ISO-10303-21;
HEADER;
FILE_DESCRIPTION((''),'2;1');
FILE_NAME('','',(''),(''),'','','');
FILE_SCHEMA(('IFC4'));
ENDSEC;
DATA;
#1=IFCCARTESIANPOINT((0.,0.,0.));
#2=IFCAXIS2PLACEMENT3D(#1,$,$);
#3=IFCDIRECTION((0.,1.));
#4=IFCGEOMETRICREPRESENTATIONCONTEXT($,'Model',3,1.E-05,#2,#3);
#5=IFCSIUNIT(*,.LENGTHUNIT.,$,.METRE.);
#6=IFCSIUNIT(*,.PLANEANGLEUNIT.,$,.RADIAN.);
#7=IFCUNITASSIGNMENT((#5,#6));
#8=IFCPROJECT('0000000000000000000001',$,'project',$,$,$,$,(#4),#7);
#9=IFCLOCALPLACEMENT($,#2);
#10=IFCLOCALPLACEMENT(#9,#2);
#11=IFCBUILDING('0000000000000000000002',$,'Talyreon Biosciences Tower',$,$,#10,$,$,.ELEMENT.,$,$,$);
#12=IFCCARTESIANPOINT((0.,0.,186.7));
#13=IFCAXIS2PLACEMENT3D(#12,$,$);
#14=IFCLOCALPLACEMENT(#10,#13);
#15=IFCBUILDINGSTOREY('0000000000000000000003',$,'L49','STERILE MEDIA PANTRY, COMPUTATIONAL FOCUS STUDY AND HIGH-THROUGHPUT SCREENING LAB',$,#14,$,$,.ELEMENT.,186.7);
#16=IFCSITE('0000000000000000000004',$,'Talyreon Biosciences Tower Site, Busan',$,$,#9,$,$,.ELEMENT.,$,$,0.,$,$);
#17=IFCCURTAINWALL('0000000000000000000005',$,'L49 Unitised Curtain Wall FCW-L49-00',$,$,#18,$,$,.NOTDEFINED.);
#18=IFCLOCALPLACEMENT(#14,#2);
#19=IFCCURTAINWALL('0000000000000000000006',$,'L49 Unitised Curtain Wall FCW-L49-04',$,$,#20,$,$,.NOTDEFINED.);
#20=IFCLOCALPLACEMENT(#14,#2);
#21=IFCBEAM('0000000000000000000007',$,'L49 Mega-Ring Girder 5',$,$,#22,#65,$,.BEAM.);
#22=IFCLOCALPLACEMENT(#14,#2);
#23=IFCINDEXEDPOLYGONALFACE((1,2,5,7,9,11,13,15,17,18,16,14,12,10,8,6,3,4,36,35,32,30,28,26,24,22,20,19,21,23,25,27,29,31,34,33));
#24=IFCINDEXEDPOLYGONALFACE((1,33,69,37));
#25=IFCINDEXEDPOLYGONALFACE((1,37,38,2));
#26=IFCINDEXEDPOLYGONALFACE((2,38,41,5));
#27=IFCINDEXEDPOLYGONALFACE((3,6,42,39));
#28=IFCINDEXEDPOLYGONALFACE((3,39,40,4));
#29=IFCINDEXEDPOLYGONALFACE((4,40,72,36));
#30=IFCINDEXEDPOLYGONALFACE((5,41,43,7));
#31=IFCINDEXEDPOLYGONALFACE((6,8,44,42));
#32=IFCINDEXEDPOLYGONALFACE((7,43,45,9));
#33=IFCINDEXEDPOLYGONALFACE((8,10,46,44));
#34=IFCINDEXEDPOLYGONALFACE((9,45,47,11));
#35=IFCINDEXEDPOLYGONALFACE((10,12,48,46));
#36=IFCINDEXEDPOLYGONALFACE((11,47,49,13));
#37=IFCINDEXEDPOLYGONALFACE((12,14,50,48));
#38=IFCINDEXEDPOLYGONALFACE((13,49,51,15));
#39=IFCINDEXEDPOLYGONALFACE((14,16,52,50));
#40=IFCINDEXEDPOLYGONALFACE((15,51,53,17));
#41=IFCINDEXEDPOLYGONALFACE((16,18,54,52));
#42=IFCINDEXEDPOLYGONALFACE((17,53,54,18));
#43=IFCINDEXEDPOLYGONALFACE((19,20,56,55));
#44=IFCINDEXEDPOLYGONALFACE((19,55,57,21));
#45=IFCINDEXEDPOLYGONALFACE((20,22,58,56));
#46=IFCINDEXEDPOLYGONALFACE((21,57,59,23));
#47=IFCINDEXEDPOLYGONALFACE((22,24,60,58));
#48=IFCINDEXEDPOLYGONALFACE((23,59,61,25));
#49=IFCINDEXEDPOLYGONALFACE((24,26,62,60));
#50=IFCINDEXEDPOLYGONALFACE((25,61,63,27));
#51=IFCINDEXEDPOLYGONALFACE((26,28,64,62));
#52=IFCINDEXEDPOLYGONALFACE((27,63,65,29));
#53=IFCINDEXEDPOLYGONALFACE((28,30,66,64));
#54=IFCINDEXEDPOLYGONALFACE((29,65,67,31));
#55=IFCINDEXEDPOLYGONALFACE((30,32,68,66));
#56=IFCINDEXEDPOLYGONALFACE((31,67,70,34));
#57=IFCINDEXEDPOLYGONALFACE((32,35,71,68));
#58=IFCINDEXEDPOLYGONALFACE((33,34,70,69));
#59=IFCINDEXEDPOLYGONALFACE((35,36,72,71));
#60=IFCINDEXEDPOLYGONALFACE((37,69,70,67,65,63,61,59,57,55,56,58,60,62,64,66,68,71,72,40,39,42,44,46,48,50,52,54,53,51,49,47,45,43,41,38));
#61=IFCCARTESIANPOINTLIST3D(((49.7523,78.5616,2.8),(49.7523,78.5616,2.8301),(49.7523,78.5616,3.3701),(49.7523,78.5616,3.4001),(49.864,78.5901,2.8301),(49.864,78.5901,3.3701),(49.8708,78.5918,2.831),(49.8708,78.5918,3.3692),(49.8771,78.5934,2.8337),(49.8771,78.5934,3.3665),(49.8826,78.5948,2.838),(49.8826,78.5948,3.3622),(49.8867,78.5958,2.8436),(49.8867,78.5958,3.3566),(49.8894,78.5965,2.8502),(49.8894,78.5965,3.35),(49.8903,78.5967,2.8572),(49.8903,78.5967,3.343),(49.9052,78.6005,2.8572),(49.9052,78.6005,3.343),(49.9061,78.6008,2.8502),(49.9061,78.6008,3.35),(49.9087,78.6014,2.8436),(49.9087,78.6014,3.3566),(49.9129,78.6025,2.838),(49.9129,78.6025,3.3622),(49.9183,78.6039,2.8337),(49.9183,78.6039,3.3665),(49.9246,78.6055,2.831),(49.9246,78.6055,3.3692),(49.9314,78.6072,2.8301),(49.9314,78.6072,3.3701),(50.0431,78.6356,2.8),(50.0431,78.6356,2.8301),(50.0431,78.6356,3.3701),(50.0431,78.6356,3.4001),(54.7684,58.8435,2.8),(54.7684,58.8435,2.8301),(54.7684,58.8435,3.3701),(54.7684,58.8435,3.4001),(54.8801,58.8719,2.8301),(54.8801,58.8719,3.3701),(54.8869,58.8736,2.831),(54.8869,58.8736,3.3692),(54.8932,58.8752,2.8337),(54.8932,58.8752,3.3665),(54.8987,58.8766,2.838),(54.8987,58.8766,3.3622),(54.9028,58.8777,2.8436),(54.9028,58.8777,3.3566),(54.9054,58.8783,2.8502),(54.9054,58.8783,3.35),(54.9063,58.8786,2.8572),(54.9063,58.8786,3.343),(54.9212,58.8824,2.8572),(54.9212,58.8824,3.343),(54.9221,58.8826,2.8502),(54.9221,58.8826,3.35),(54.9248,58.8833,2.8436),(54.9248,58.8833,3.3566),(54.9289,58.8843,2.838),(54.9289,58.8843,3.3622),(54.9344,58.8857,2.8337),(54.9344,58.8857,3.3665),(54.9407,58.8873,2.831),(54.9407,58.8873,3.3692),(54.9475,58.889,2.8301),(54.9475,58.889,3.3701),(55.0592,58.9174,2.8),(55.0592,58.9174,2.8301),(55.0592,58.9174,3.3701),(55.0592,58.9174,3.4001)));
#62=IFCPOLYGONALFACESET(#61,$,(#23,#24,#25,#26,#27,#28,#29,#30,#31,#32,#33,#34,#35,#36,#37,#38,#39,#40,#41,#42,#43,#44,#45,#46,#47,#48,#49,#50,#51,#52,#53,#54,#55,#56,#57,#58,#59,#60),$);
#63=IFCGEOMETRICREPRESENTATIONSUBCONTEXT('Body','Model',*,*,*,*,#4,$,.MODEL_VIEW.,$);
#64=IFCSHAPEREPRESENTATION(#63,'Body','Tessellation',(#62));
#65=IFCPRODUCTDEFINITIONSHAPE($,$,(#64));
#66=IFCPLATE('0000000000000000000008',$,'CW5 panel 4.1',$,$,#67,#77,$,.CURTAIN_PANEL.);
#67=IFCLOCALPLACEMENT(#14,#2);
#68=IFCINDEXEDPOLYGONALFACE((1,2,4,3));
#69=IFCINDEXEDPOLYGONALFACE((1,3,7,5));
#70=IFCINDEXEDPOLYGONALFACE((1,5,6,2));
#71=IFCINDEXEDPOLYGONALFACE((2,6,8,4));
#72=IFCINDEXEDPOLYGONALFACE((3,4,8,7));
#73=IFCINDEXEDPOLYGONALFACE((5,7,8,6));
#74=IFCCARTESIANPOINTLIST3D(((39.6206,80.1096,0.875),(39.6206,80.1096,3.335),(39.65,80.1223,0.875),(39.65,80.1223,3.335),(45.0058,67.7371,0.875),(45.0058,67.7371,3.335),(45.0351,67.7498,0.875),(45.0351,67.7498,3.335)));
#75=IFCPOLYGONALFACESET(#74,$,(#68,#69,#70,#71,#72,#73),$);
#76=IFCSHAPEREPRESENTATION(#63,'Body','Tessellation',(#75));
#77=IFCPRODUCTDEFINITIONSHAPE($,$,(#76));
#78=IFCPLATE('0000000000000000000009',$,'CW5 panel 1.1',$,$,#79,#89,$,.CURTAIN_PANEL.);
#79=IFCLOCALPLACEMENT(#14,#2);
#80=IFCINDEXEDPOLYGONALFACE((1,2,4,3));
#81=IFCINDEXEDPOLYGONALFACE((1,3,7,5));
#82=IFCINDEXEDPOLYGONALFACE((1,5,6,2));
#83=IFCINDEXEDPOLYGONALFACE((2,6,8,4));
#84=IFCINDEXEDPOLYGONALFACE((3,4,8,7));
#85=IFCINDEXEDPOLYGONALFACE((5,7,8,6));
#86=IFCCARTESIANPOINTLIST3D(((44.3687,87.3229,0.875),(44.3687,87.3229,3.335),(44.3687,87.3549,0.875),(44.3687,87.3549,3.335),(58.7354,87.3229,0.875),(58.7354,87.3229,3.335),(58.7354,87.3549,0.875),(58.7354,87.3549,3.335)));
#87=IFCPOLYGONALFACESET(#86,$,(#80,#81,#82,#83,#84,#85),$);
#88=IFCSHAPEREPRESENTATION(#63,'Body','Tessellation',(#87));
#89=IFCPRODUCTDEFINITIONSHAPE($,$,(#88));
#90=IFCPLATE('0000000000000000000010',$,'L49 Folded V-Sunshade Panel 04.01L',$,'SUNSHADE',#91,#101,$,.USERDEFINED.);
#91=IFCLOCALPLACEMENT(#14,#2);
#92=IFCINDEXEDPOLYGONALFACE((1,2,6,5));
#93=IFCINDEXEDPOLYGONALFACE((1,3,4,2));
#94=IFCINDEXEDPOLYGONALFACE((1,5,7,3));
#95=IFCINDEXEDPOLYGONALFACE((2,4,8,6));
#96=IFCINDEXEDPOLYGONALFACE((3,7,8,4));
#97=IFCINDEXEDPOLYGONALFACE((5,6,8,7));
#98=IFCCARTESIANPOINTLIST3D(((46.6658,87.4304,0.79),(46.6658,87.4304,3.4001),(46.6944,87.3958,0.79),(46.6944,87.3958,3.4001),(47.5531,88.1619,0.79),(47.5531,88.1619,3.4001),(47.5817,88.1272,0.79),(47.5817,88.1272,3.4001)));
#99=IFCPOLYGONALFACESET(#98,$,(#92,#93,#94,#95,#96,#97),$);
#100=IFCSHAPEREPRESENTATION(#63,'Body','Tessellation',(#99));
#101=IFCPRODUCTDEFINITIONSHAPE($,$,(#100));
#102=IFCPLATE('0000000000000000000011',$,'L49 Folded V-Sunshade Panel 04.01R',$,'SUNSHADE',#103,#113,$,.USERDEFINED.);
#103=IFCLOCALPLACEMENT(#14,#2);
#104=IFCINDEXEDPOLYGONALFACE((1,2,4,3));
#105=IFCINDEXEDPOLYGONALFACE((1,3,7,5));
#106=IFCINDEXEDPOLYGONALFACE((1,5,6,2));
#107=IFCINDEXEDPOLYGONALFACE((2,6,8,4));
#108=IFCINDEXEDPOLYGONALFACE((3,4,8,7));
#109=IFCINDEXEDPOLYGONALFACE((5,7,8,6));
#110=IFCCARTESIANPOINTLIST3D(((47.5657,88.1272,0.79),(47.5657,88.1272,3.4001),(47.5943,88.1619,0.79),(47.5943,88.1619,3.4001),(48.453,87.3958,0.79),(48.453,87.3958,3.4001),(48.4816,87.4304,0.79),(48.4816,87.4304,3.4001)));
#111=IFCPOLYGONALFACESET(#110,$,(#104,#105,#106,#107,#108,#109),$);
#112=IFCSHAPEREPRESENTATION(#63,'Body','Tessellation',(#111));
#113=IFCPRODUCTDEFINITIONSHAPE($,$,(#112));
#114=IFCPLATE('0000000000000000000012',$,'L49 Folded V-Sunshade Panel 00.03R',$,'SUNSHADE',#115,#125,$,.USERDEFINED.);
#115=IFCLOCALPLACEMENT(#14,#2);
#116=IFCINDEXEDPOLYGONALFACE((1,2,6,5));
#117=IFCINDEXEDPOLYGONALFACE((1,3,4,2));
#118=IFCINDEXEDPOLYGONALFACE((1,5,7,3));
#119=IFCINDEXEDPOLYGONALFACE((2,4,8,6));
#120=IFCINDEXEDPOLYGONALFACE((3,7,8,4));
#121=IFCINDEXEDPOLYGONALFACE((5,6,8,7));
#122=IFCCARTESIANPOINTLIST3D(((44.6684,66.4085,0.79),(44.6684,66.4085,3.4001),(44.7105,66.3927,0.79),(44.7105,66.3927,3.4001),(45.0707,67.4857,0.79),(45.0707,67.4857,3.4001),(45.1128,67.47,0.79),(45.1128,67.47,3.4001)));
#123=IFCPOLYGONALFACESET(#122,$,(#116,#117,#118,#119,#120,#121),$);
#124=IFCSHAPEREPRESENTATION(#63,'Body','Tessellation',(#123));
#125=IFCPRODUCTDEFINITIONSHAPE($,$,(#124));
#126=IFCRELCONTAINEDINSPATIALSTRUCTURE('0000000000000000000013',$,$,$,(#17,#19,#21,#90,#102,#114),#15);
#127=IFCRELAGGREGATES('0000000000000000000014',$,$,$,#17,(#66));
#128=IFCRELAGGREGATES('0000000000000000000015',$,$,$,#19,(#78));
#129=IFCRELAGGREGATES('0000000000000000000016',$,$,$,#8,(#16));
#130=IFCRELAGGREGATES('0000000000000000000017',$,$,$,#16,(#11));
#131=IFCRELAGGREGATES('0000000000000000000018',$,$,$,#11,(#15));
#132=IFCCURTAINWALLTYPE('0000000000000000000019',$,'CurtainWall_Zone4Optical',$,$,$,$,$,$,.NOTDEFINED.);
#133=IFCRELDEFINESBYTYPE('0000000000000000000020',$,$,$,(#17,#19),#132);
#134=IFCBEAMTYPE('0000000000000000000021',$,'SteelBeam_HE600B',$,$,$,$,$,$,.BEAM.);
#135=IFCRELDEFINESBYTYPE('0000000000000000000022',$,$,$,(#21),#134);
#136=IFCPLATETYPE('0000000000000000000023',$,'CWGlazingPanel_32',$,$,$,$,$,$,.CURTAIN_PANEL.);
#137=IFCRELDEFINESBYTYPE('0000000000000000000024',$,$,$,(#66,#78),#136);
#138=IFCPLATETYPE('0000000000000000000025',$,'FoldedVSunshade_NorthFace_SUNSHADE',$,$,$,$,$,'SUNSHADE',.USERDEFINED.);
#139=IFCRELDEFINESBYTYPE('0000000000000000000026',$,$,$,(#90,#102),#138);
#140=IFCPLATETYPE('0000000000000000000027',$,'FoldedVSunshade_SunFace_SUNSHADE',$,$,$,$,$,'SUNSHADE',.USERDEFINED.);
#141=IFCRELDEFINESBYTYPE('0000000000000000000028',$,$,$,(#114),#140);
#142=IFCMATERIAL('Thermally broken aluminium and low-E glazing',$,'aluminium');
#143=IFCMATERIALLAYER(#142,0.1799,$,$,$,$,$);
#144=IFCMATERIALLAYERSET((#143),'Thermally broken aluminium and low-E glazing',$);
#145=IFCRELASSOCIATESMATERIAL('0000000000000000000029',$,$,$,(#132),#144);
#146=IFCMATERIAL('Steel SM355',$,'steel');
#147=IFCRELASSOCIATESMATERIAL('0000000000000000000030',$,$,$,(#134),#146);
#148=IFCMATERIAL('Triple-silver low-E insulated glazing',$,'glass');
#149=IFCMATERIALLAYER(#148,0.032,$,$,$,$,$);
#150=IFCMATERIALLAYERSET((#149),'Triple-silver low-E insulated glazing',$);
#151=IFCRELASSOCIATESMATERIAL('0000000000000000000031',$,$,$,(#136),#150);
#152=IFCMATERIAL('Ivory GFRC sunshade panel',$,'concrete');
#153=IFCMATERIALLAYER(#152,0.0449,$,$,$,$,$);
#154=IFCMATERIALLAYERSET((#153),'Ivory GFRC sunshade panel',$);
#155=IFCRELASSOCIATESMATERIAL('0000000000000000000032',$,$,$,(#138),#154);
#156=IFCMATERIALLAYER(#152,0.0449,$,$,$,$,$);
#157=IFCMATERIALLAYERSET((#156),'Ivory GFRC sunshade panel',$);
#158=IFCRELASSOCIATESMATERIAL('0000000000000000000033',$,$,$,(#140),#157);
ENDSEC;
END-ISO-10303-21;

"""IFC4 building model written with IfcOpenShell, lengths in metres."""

from ifc_helpers import new_model, si_unit, direction, frame, origin, origin_2d, place, context, subcontext, project, spatial, rectangle, i_section, extrude, material, layer, layer_set, material_profile, profile_set, type_object, element, aggregate, save


model = new_model("IFC4")

# Units and contexts
model_context = context("Model", 3, precision=1e-05, world=origin(), true_north=direction((0.0, 1.0)))
body_context = subcontext(model_context, "Body", "Model", "MODEL_VIEW")
ifc_project = project(units=[si_unit("LENGTHUNIT", "METRE"), si_unit("PLANEANGLEUNIT", "RADIAN")], contexts=[model_context])

# Site, building, storey
site_placement = place(None, origin())
site = spatial("IfcSite", under=ifc_project, at=site_placement, Name="Talyreon Biosciences Tower Site, Busan", CompositionType="ELEMENT", RefElevation=0.0)
building_placement = place(site_placement, origin())
building = spatial("IfcBuilding", under=site, at=building_placement, Name="Talyreon Biosciences Tower", CompositionType="ELEMENT")
storey_placement = place(building_placement, frame((0.0, 0.0, 186.7)))
storey = spatial("IfcBuildingStorey", under=building, at=storey_placement, Name="L49", Description="STERILE MEDIA PANTRY, COMPUTATIONAL FOCUS STUDY AND HIGH-THROUGHPUT SCREENING LAB", CompositionType="ELEMENT", Elevation=186.7)

# Curtain wall
ifc_material_1 = material(Name="Thermally broken aluminium and low-E glazing", Category="aluminium")
ifc_layer_1 = layer(ifc_material_1, 0.1799)
ifc_layer_set_1 = layer_set([ifc_layer_1], Name="Thermally broken aluminium and low-E glazing")
curtain_wall_type = type_object("IfcCurtainWallType", Name="CurtainWall_Zone4Optical", PredefinedType="NOTDEFINED", material=ifc_layer_set_1)
curtain_wall_1_placement = place(storey_placement, origin())
curtain_wall_1 = element("IfcCurtainWall", 1, at=curtain_wall_1_placement, inside=storey, type_object=curtain_wall_type, Name="L49 Unitised Curtain Wall FCW-L49-00", PredefinedType="NOTDEFINED")

# Curtain wall
curtain_wall_2_placement = place(storey_placement, origin())
curtain_wall_2 = element("IfcCurtainWall", 2, at=curtain_wall_2_placement, inside=storey, type_object=curtain_wall_type, Name="L49 Unitised Curtain Wall FCW-L49-04", PredefinedType="NOTDEFINED")

# Beam
ifc_material_2 = material(Name="Steel SM355", Category="steel")
ifc_material_profile_1 = material_profile(ifc_material_2, i_section(OverallWidth=0.3, OverallDepth=0.6001, WebThickness=0.0154, FlangeThickness=0.03, FilletRadius=0.0271, at=origin_2d()), Name="HE600B")
ifc_profile_set_1 = profile_set([ifc_material_profile_1], Name="Steel SM355")
beam_type_1 = type_object("IfcBeamType", Name="SteelBeam_HE600B", PredefinedType="BEAM", material=ifc_profile_set_1)
beam_1_placement = place(storey_placement, frame((49.8977, 78.5986, 3.1001), z_axis=(0.246537, -0.969133, 0.0), x_axis=(0.969133, 0.246537, 0.0)))
element("IfcBeam", 3, at=beam_1_placement, inside=storey, type_object=beam_type_1, Name="L49 Mega-Ring Girder 5", PredefinedType="BEAM", context=body_context, shape_type="SweptSolid", body=[
    extrude(i_section(OverallWidth=0.3, OverallDepth=0.6001, WebThickness=0.0154, FlangeThickness=0.03, FilletRadius=0.0271, at=origin_2d()), origin(), (0.0, 0.0, 1.0), 20.3462),
])

# Plates
ifc_material_3 = material(Name="Triple-silver low-E insulated glazing", Category="glass")
ifc_layer_2 = layer(ifc_material_3, 0.032)
ifc_layer_set_2 = layer_set([ifc_layer_2], Name="Triple-silver low-E insulated glazing")
plate_type_1 = type_object("IfcPlateType", Name="CWGlazingPanel_32", PredefinedType="CURTAIN_PANEL", material=ifc_layer_set_2)
plate_1_placement = place(storey_placement, frame((42.3279, 73.9297, 0.875), z_axis=(0.0, 0.0, 1.0), x_axis=(-0.399089, 0.916912, 0.0)))
plate_1 = element("IfcPlate", 4, at=plate_1_placement, type_object=plate_type_1, Name="CW5 panel 4.1", PredefinedType="CURTAIN_PANEL", context=body_context, shape_type="SweptSolid", body=[
    extrude(rectangle(XDim=13.4937, YDim=0.032, at=origin_2d()), origin(), (0.0, 0.0, 1.0), 2.46),
])
aggregate(curtain_wall_1, [plate_1])
plate_2_placement = place(storey_placement, frame((51.552, 87.3389, 0.875), z_axis=(0.0, 0.0, 1.0), x_axis=(1.0, 0.0, 0.0)))
plate_2 = element("IfcPlate", 5, at=plate_2_placement, type_object=plate_type_1, Name="CW5 panel 1.1", PredefinedType="CURTAIN_PANEL", context=body_context, shape_type="SweptSolid", body=[
    extrude(rectangle(XDim=14.3667, YDim=0.032, at=origin_2d()), origin(), (0.0, 0.0, 1.0), 2.46),
])
aggregate(curtain_wall_2, [plate_2])

# Plates
ifc_material_4 = material(Name="Ivory GFRC sunshade panel", Category="concrete")
ifc_layer_3 = layer(ifc_material_4, 0.0449)
ifc_layer_set_3 = layer_set([ifc_layer_3], Name="Ivory GFRC sunshade panel")
plate_type_2 = type_object("IfcPlateType", Name="FoldedVSunshade_NorthFace_SUNSHADE", ElementType="SUNSHADE", PredefinedType="USERDEFINED", material=ifc_layer_set_3)
for number, where, z_axis, x_axis, name in (
    (6, (47.1238, 87.7788, 0.79), (0.0, 0.0, 1.0), (0.771625, 0.636078, 0.0), "L49 Folded V-Sunshade Panel 04.01L"),
    (7, (48.0237, 87.7788, 0.79), (0.0, 0.0, 1.0), (0.771625, -0.636078, 0.0), "L49 Folded V-Sunshade Panel 04.01R"),
):
    element("IfcPlate", number, at=place(storey_placement, frame(where, z_axis=z_axis, x_axis=x_axis)), inside=storey, type_object=plate_type_2, Name=name, ObjectType="SUNSHADE", PredefinedType="USERDEFINED", context=body_context, shape_type="SweptSolid", body=[
        extrude(rectangle(XDim=1.1499, YDim=0.0449, at=origin_2d()), origin(), (0.0, 0.0, 1.0), 2.6101),
    ])
ifc_layer_4 = layer(ifc_material_4, 0.0449)
ifc_layer_set_4 = layer_set([ifc_layer_4], Name="Ivory GFRC sunshade panel")
plate_type_3 = type_object("IfcPlateType", Name="FoldedVSunshade_SunFace_SUNSHADE", ElementType="SUNSHADE", PredefinedType="USERDEFINED", material=ifc_layer_set_4)
plate_3_placement = place(storey_placement, frame((44.8906, 66.9392, 0.79), z_axis=(0.0, 0.0, 1.0), x_axis=(0.349864, 0.9368, 0.0)))
element("IfcPlate", 8, at=plate_3_placement, inside=storey, type_object=plate_type_3, Name="L49 Folded V-Sunshade Panel 00.03R", ObjectType="SUNSHADE", PredefinedType="USERDEFINED", context=body_context, shape_type="SweptSolid", body=[
    extrude(rectangle(XDim=1.1499, YDim=0.0449, at=origin_2d()), origin(), (0.0, 0.0, 1.0), 2.6101),
])

save(model, "model.ifc")
